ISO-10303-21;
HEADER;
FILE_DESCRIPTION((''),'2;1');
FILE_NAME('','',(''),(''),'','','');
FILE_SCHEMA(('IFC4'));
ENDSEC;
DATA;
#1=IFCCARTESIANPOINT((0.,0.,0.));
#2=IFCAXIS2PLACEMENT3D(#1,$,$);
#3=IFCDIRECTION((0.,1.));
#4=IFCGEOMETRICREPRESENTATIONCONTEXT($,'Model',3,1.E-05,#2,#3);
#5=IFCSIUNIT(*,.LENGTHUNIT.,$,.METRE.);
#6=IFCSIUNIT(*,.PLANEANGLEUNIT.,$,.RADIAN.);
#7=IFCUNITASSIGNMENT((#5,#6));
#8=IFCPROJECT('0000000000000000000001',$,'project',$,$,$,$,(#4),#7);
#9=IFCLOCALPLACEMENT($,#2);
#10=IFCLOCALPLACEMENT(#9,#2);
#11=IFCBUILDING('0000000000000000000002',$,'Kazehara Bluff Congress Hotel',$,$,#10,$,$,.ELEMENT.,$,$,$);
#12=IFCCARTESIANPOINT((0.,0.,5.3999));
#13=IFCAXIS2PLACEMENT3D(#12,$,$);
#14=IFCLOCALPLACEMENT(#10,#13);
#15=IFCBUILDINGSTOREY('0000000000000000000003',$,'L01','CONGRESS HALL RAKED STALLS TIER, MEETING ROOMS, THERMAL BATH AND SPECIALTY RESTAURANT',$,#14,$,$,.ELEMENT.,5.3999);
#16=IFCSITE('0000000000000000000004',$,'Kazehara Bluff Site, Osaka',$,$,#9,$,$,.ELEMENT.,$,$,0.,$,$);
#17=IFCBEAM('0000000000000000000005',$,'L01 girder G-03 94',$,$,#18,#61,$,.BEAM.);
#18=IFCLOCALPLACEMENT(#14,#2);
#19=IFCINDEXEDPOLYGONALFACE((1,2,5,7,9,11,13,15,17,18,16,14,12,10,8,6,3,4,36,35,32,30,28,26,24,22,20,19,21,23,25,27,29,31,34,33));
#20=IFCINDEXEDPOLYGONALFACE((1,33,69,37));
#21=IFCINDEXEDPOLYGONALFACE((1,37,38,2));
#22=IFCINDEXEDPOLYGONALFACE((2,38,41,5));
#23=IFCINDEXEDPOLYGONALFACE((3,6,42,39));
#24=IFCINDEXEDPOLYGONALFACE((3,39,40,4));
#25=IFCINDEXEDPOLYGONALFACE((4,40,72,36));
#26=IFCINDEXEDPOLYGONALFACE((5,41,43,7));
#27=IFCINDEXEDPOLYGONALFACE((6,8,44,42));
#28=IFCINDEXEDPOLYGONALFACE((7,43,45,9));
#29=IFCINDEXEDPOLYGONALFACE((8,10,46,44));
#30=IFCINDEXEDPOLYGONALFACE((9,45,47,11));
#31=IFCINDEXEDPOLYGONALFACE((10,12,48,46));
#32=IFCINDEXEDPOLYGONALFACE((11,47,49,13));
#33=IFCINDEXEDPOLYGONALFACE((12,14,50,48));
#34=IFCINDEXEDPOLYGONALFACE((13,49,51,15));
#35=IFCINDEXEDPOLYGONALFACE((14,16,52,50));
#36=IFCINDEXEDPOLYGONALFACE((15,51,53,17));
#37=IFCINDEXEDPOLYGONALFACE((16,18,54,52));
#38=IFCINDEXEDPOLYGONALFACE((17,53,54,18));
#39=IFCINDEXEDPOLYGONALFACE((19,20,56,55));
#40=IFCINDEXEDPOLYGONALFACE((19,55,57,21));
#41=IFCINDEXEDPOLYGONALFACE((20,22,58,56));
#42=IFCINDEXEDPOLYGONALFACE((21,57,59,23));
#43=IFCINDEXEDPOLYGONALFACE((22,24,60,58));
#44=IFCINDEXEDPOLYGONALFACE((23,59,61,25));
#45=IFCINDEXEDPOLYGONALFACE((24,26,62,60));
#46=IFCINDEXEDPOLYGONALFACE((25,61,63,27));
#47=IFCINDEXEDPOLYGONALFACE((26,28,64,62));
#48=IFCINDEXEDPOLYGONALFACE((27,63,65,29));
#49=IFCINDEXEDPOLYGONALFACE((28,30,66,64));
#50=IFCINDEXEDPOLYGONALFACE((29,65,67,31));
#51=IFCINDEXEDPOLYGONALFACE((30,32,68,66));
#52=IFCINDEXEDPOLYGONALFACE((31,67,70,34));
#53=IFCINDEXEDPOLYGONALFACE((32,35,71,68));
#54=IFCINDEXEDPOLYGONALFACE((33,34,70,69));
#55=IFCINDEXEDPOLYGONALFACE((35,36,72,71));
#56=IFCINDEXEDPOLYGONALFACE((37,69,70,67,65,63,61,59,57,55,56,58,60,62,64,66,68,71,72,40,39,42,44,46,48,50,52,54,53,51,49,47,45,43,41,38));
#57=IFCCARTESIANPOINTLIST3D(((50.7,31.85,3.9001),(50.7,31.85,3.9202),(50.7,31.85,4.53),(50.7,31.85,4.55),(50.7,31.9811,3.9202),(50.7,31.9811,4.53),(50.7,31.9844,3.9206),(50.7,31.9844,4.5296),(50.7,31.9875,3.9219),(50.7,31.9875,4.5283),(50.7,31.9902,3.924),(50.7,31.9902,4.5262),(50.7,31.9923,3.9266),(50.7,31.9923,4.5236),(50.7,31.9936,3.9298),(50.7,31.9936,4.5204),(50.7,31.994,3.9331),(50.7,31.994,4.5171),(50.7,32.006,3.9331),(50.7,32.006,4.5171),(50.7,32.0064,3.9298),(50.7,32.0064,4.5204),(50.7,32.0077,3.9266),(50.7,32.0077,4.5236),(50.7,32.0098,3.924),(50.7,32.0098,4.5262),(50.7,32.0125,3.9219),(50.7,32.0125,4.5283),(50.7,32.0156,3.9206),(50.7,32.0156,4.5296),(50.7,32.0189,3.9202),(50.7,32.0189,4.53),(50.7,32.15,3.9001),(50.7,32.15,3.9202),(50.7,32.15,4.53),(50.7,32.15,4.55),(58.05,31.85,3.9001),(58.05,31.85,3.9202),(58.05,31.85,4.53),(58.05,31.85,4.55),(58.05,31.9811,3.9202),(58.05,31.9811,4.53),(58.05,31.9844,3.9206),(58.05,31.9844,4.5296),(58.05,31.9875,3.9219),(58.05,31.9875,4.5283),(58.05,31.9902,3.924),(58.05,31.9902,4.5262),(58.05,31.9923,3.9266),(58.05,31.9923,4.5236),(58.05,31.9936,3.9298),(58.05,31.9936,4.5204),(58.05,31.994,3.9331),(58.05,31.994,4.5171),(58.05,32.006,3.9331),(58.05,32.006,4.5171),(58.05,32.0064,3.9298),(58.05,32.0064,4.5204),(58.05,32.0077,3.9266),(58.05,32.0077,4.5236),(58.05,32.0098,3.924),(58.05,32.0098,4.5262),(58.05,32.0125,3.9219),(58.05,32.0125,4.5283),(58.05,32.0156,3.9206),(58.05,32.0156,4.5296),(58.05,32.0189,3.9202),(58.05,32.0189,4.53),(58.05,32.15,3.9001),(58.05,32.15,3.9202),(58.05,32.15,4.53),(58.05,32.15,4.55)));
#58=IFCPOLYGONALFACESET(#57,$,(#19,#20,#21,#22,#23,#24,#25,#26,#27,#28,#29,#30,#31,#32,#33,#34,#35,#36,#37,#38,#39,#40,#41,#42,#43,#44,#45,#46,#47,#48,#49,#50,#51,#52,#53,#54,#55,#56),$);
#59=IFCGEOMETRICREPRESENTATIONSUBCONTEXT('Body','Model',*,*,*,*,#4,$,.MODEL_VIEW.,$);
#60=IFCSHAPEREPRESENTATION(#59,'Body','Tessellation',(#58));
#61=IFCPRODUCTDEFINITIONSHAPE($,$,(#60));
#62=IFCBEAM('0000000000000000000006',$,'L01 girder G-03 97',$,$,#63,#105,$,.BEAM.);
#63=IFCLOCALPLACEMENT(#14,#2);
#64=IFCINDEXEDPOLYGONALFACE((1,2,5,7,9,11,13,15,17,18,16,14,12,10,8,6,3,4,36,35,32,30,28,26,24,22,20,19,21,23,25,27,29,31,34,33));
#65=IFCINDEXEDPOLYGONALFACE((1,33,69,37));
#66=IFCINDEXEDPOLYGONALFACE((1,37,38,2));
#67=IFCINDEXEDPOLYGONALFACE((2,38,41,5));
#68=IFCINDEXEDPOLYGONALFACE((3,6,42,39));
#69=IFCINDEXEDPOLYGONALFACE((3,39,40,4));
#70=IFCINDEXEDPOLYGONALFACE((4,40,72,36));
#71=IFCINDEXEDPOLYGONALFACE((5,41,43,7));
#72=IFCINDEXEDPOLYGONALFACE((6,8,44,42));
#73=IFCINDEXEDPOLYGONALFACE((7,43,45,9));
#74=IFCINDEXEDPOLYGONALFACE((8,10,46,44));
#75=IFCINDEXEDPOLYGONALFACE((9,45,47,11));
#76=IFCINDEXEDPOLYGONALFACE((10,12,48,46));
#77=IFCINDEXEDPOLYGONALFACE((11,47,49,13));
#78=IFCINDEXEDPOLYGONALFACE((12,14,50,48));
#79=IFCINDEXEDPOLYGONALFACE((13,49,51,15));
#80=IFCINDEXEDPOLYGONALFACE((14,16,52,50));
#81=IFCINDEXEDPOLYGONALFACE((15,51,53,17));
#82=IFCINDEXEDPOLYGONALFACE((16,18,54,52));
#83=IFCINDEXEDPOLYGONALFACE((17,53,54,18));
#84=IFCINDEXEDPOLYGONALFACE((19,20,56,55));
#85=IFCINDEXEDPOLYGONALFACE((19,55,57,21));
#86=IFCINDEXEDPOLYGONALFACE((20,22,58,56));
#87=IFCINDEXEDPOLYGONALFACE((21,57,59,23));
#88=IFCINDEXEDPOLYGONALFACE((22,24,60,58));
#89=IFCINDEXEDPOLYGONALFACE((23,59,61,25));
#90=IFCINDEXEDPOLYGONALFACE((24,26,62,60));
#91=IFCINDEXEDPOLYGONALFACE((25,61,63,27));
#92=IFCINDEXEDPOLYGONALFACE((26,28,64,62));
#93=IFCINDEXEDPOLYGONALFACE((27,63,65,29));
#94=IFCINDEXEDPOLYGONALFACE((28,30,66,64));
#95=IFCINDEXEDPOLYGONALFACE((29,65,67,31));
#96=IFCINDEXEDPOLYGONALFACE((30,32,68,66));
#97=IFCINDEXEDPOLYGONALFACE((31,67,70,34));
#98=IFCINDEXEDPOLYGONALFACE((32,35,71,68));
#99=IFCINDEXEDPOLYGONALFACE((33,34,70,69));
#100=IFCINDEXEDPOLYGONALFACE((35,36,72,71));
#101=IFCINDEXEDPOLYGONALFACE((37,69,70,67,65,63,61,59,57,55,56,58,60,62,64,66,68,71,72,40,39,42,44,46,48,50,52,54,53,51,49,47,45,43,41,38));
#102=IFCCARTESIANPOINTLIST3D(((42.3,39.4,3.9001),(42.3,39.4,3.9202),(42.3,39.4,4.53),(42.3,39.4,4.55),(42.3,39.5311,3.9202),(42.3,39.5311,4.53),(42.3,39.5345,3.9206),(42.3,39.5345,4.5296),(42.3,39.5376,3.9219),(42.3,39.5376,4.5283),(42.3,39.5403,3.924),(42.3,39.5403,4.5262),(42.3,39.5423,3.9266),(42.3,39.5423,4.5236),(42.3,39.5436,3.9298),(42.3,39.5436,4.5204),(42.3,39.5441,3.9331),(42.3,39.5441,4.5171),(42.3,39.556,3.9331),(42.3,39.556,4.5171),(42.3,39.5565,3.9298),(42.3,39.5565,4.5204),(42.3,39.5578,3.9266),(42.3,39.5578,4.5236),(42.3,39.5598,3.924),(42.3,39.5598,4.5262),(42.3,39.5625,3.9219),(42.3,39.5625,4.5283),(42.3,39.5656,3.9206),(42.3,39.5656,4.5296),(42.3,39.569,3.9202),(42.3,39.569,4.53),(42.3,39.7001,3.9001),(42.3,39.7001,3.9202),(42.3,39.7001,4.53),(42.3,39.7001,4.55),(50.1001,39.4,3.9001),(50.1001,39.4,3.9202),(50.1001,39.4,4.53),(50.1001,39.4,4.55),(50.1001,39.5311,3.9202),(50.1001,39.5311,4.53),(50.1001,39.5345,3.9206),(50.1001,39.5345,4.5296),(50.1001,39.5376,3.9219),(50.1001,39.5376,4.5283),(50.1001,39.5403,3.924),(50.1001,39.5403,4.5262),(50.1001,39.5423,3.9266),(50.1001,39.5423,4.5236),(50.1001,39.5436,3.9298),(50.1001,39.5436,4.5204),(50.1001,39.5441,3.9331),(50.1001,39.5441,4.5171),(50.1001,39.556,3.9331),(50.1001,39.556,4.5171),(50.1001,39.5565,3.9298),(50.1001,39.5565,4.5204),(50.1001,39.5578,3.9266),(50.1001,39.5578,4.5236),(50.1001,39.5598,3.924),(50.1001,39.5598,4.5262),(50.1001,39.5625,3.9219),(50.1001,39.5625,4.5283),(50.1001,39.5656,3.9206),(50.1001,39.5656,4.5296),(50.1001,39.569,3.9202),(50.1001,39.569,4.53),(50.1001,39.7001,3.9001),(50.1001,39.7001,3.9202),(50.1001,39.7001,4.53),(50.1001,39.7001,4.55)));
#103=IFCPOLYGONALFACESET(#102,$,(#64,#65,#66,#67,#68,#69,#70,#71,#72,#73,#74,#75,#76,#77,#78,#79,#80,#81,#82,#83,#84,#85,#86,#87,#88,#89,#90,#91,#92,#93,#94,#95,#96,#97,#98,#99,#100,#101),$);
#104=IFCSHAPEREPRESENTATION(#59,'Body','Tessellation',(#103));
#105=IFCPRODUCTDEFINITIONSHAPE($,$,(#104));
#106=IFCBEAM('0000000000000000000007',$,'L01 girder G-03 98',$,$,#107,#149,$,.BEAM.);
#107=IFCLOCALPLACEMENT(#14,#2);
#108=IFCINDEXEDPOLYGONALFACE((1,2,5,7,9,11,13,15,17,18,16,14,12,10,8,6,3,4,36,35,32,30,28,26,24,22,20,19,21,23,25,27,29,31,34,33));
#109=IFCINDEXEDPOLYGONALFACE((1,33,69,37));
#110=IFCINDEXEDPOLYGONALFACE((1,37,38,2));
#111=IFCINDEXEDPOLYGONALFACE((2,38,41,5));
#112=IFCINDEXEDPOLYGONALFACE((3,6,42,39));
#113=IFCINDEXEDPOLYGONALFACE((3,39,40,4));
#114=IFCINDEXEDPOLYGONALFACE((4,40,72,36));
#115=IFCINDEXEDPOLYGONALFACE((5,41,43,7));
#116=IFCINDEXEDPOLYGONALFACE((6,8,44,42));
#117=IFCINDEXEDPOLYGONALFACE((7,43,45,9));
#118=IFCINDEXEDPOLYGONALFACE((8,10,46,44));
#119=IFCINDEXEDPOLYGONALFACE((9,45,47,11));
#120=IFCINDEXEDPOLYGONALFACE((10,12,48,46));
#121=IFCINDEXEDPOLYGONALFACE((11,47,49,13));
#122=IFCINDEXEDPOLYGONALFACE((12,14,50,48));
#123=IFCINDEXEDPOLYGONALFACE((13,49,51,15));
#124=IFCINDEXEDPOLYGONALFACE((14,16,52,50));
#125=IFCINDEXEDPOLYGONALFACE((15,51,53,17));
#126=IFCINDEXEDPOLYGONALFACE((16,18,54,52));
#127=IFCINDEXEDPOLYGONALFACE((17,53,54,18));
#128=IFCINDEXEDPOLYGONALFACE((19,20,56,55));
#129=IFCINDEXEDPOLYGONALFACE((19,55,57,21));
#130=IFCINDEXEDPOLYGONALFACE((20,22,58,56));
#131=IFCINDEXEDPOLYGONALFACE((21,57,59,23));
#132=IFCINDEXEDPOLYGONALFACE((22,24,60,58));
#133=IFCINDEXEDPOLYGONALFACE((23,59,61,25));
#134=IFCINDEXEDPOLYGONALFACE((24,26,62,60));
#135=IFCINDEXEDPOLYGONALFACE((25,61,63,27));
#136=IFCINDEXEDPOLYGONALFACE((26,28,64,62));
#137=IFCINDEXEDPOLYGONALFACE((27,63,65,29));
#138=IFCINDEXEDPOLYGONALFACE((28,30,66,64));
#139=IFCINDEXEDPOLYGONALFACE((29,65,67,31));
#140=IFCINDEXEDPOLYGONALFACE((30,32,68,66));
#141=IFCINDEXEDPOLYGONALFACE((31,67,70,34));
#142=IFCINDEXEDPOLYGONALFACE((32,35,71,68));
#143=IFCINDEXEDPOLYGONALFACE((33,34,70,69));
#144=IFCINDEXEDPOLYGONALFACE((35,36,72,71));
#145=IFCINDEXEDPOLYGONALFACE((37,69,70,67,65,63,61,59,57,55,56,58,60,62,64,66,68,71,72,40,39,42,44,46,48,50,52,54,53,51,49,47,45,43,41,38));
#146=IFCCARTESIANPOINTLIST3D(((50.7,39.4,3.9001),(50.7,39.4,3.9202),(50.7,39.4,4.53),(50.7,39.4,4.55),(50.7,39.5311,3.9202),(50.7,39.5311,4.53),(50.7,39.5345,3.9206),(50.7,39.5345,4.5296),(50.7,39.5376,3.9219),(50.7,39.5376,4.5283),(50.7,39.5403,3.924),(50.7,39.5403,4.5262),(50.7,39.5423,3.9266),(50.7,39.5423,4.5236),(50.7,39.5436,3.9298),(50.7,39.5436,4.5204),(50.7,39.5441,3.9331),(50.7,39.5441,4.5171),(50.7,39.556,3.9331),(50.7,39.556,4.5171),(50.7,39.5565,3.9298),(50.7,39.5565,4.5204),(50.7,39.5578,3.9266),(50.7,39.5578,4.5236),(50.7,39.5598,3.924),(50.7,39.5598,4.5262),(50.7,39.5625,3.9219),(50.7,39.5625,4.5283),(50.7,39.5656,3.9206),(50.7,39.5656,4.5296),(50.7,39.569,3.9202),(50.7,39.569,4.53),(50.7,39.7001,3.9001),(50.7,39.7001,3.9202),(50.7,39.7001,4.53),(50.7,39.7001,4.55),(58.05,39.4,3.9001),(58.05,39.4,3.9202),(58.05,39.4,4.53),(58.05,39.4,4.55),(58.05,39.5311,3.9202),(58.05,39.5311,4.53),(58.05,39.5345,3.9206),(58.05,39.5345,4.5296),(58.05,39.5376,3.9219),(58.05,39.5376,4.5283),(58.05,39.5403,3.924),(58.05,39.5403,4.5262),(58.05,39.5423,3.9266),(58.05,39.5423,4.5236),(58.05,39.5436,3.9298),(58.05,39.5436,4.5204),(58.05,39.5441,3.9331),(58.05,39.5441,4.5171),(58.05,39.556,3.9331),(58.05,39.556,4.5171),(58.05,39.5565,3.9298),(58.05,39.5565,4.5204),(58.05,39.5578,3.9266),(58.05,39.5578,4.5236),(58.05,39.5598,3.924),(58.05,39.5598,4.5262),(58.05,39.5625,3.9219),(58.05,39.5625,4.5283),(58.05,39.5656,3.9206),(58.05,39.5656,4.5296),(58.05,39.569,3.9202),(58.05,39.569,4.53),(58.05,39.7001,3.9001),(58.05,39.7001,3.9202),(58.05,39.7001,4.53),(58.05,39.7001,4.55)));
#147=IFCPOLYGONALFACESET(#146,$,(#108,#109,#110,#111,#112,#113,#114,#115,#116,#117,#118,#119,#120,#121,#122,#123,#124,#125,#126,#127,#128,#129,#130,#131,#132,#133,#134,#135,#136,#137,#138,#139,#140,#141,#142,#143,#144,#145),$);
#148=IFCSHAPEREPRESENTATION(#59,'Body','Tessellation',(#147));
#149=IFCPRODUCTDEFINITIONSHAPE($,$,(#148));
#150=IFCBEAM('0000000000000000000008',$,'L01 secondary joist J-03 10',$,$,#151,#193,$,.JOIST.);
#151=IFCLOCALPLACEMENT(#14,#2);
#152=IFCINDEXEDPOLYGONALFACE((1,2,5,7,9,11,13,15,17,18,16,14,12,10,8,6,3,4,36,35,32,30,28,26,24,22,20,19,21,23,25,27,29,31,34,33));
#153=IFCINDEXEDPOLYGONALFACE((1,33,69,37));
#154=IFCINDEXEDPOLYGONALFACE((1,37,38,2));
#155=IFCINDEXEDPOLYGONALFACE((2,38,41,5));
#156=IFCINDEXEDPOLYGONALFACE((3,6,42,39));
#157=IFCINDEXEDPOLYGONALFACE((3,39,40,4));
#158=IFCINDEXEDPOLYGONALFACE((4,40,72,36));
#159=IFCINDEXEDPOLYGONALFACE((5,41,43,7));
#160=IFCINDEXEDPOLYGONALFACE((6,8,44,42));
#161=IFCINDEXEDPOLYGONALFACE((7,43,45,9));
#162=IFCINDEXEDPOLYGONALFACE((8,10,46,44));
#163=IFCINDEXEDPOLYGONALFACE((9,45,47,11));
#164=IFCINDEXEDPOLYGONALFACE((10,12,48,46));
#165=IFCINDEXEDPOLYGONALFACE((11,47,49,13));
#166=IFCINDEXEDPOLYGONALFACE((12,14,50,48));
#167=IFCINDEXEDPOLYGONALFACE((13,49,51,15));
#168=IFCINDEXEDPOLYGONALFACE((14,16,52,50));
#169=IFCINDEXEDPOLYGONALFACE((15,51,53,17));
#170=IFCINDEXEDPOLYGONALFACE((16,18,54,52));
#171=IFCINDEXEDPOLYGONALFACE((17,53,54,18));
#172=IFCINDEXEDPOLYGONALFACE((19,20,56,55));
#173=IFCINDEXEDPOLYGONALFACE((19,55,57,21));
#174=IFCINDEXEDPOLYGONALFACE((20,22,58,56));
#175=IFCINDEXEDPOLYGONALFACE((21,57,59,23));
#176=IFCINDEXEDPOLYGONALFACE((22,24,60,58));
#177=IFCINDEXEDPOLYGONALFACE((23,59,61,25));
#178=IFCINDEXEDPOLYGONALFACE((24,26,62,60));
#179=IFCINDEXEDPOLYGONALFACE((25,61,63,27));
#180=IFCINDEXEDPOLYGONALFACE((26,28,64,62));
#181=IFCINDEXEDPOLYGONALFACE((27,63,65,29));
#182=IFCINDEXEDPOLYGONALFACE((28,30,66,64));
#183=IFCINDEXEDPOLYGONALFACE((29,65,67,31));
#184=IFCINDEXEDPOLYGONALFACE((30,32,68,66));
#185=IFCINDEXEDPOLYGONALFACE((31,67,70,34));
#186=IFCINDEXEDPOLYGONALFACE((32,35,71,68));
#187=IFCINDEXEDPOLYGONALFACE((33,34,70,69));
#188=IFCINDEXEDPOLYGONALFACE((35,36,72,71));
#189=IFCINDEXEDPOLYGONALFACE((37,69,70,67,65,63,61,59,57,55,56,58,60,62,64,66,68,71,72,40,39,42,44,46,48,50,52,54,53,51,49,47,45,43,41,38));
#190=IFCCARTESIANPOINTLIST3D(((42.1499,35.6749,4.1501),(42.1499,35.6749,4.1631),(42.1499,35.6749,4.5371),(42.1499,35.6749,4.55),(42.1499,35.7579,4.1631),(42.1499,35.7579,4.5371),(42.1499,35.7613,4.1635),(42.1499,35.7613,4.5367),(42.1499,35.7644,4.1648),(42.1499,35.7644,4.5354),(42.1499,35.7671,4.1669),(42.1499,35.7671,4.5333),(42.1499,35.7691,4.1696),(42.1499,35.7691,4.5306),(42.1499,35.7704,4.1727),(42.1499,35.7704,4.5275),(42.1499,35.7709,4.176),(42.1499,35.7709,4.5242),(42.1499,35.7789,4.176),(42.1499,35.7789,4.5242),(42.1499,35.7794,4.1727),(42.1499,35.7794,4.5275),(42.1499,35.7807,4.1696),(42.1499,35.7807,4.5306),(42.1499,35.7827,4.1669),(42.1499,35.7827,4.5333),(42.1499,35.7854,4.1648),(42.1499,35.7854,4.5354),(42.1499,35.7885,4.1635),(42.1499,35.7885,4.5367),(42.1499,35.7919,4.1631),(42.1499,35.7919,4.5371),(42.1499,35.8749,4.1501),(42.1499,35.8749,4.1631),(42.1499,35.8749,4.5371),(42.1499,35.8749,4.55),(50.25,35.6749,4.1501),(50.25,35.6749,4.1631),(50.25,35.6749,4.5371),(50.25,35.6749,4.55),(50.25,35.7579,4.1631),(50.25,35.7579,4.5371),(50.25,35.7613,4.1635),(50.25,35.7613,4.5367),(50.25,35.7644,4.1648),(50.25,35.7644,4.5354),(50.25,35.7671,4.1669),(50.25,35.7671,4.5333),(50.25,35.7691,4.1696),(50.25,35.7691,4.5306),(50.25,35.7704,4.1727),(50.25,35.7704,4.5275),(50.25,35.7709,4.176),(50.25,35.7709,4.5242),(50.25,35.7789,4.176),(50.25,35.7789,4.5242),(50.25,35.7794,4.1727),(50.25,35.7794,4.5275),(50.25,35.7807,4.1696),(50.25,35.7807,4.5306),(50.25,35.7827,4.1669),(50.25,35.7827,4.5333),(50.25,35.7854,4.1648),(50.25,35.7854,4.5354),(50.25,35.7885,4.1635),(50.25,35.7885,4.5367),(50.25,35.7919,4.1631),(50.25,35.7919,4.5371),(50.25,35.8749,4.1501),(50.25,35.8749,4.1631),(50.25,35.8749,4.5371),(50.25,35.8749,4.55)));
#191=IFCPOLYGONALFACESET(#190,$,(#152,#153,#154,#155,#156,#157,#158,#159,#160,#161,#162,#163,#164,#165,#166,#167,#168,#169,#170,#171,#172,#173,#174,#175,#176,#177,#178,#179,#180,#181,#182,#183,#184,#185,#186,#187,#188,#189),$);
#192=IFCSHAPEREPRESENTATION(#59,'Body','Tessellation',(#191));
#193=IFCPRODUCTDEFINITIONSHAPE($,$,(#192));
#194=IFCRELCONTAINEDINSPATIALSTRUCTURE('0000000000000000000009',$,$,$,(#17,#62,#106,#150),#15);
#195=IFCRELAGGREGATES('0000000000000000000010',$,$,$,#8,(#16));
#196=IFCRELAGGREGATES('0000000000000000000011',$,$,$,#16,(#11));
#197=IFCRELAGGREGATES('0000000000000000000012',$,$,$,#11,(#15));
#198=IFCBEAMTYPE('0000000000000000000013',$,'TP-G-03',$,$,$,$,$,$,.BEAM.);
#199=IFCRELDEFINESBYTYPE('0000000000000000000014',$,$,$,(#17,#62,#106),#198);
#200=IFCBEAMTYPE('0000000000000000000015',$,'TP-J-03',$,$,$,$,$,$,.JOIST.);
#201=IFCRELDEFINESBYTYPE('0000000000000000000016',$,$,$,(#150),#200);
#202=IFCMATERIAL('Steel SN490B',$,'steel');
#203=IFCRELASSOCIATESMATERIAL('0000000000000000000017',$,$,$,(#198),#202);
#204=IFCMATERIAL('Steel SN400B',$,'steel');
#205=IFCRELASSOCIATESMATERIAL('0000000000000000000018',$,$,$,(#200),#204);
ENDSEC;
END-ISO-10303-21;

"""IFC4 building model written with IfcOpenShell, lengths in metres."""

from ifc_helpers import new_model, si_unit, direction, frame, origin, origin_2d, place, context, subcontext, project, spatial, i_section, extrude, material, material_profile, profile_set, type_object, element, save


model = new_model("IFC4")

# Units and contexts
model_context = context("Model", 3, precision=1e-05, world=origin(), true_north=direction((0.0, 1.0)))
body_context = subcontext(model_context, "Body", "Model", "MODEL_VIEW")
ifc_project = project(units=[si_unit("LENGTHUNIT", "METRE"), si_unit("PLANEANGLEUNIT", "RADIAN")], contexts=[model_context])

# Site, building, storey
site_placement = place(None, origin())
site = spatial("IfcSite", under=ifc_project, at=site_placement, Name="Kazehara Bluff Site, Osaka", CompositionType="ELEMENT", RefElevation=0.0)
building_placement = place(site_placement, origin())
building = spatial("IfcBuilding", under=site, at=building_placement, Name="Kazehara Bluff Congress Hotel", CompositionType="ELEMENT")
storey_placement = place(building_placement, frame((0.0, 0.0, 5.3999)))
storey = spatial("IfcBuildingStorey", under=building, at=storey_placement, Name="L01", Description="CONGRESS HALL RAKED STALLS TIER, MEETING ROOMS, THERMAL BATH AND SPECIALTY RESTAURANT", CompositionType="ELEMENT", Elevation=5.3999)

# Beams
ifc_material_1 = material(Name="Steel SN490B", Category="steel")
ifc_material_profile_1 = material_profile(ifc_material_1, i_section(OverallWidth=0.3, OverallDepth=0.6499, WebThickness=0.012, FlangeThickness=0.02, FilletRadius=0.0129, at=origin_2d()))
ifc_profile_set_1 = profile_set([ifc_material_profile_1], Name="Steel SN490B")
beam_type_1 = type_object("IfcBeamType", Name="TP-G-03", PredefinedType="BEAM", material=ifc_profile_set_1)
beam_1_placement = place(storey_placement, frame((50.7, 32.0, 4.2251), z_axis=(1.0, 0.0, 0.0), x_axis=(0.0, 1.0, 0.0)))
element("IfcBeam", 1, at=beam_1_placement, inside=storey, type_object=beam_type_1, Name="L01 girder G-03 94", PredefinedType="BEAM", context=body_context, shape_type="SweptSolid", body=[
    extrude(i_section(OverallWidth=0.3, OverallDepth=0.6499, WebThickness=0.012, FlangeThickness=0.02, FilletRadius=0.0129, at=origin_2d()), origin(), (0.0, 0.0, 1.0), 7.3501),
])
beam_2_placement = place(storey_placement, frame((42.3, 39.55, 4.2251), z_axis=(1.0, 0.0, 0.0), x_axis=(0.0, 1.0, 0.0)))
element("IfcBeam", 2, at=beam_2_placement, inside=storey, type_object=beam_type_1, Name="L01 girder G-03 97", PredefinedType="BEAM", context=body_context, shape_type="SweptSolid", body=[
    extrude(i_section(OverallWidth=0.3, OverallDepth=0.6499, WebThickness=0.012, FlangeThickness=0.02, FilletRadius=0.0129, at=origin_2d()), origin(), (0.0, 0.0, 1.0), 7.8),
])
beam_3_placement = place(storey_placement, frame((50.7, 39.55, 4.2251), z_axis=(1.0, 0.0, 0.0), x_axis=(0.0, 1.0, 0.0)))
element("IfcBeam", 3, at=beam_3_placement, inside=storey, type_object=beam_type_1, Name="L01 girder G-03 98", PredefinedType="BEAM", context=body_context, shape_type="SweptSolid", body=[
    extrude(i_section(OverallWidth=0.3, OverallDepth=0.6499, WebThickness=0.012, FlangeThickness=0.02, FilletRadius=0.0129, at=origin_2d()), origin(), (0.0, 0.0, 1.0), 7.3501),
])
ifc_material_2 = material(Name="Steel SN400B", Category="steel")
ifc_material_profile_2 = material_profile(ifc_material_2, i_section(OverallWidth=0.2, OverallDepth=0.3999, WebThickness=0.0081, FlangeThickness=0.0129, FilletRadius=0.0129, at=origin_2d()))
ifc_profile_set_2 = profile_set([ifc_material_profile_2], Name="Steel SN400B")
beam_type_2 = type_object("IfcBeamType", Name="TP-J-03", PredefinedType="JOIST", material=ifc_profile_set_2)
beam_4_placement = place(storey_placement, frame((42.1499, 35.7749, 4.3501), z_axis=(1.0, 0.0, 0.0), x_axis=(0.0, 1.0, 0.0)))
element("IfcBeam", 4, at=beam_4_placement, inside=storey, type_object=beam_type_2, Name="L01 secondary joist J-03 10", PredefinedType="JOIST", context=body_context, shape_type="SweptSolid", body=[
    extrude(i_section(OverallWidth=0.2, OverallDepth=0.3999, WebThickness=0.0081, FlangeThickness=0.0129, FilletRadius=0.0129, at=origin_2d()), origin(), (0.0, 0.0, 1.0), 8.1001),
])

save(model, "model.ifc")
